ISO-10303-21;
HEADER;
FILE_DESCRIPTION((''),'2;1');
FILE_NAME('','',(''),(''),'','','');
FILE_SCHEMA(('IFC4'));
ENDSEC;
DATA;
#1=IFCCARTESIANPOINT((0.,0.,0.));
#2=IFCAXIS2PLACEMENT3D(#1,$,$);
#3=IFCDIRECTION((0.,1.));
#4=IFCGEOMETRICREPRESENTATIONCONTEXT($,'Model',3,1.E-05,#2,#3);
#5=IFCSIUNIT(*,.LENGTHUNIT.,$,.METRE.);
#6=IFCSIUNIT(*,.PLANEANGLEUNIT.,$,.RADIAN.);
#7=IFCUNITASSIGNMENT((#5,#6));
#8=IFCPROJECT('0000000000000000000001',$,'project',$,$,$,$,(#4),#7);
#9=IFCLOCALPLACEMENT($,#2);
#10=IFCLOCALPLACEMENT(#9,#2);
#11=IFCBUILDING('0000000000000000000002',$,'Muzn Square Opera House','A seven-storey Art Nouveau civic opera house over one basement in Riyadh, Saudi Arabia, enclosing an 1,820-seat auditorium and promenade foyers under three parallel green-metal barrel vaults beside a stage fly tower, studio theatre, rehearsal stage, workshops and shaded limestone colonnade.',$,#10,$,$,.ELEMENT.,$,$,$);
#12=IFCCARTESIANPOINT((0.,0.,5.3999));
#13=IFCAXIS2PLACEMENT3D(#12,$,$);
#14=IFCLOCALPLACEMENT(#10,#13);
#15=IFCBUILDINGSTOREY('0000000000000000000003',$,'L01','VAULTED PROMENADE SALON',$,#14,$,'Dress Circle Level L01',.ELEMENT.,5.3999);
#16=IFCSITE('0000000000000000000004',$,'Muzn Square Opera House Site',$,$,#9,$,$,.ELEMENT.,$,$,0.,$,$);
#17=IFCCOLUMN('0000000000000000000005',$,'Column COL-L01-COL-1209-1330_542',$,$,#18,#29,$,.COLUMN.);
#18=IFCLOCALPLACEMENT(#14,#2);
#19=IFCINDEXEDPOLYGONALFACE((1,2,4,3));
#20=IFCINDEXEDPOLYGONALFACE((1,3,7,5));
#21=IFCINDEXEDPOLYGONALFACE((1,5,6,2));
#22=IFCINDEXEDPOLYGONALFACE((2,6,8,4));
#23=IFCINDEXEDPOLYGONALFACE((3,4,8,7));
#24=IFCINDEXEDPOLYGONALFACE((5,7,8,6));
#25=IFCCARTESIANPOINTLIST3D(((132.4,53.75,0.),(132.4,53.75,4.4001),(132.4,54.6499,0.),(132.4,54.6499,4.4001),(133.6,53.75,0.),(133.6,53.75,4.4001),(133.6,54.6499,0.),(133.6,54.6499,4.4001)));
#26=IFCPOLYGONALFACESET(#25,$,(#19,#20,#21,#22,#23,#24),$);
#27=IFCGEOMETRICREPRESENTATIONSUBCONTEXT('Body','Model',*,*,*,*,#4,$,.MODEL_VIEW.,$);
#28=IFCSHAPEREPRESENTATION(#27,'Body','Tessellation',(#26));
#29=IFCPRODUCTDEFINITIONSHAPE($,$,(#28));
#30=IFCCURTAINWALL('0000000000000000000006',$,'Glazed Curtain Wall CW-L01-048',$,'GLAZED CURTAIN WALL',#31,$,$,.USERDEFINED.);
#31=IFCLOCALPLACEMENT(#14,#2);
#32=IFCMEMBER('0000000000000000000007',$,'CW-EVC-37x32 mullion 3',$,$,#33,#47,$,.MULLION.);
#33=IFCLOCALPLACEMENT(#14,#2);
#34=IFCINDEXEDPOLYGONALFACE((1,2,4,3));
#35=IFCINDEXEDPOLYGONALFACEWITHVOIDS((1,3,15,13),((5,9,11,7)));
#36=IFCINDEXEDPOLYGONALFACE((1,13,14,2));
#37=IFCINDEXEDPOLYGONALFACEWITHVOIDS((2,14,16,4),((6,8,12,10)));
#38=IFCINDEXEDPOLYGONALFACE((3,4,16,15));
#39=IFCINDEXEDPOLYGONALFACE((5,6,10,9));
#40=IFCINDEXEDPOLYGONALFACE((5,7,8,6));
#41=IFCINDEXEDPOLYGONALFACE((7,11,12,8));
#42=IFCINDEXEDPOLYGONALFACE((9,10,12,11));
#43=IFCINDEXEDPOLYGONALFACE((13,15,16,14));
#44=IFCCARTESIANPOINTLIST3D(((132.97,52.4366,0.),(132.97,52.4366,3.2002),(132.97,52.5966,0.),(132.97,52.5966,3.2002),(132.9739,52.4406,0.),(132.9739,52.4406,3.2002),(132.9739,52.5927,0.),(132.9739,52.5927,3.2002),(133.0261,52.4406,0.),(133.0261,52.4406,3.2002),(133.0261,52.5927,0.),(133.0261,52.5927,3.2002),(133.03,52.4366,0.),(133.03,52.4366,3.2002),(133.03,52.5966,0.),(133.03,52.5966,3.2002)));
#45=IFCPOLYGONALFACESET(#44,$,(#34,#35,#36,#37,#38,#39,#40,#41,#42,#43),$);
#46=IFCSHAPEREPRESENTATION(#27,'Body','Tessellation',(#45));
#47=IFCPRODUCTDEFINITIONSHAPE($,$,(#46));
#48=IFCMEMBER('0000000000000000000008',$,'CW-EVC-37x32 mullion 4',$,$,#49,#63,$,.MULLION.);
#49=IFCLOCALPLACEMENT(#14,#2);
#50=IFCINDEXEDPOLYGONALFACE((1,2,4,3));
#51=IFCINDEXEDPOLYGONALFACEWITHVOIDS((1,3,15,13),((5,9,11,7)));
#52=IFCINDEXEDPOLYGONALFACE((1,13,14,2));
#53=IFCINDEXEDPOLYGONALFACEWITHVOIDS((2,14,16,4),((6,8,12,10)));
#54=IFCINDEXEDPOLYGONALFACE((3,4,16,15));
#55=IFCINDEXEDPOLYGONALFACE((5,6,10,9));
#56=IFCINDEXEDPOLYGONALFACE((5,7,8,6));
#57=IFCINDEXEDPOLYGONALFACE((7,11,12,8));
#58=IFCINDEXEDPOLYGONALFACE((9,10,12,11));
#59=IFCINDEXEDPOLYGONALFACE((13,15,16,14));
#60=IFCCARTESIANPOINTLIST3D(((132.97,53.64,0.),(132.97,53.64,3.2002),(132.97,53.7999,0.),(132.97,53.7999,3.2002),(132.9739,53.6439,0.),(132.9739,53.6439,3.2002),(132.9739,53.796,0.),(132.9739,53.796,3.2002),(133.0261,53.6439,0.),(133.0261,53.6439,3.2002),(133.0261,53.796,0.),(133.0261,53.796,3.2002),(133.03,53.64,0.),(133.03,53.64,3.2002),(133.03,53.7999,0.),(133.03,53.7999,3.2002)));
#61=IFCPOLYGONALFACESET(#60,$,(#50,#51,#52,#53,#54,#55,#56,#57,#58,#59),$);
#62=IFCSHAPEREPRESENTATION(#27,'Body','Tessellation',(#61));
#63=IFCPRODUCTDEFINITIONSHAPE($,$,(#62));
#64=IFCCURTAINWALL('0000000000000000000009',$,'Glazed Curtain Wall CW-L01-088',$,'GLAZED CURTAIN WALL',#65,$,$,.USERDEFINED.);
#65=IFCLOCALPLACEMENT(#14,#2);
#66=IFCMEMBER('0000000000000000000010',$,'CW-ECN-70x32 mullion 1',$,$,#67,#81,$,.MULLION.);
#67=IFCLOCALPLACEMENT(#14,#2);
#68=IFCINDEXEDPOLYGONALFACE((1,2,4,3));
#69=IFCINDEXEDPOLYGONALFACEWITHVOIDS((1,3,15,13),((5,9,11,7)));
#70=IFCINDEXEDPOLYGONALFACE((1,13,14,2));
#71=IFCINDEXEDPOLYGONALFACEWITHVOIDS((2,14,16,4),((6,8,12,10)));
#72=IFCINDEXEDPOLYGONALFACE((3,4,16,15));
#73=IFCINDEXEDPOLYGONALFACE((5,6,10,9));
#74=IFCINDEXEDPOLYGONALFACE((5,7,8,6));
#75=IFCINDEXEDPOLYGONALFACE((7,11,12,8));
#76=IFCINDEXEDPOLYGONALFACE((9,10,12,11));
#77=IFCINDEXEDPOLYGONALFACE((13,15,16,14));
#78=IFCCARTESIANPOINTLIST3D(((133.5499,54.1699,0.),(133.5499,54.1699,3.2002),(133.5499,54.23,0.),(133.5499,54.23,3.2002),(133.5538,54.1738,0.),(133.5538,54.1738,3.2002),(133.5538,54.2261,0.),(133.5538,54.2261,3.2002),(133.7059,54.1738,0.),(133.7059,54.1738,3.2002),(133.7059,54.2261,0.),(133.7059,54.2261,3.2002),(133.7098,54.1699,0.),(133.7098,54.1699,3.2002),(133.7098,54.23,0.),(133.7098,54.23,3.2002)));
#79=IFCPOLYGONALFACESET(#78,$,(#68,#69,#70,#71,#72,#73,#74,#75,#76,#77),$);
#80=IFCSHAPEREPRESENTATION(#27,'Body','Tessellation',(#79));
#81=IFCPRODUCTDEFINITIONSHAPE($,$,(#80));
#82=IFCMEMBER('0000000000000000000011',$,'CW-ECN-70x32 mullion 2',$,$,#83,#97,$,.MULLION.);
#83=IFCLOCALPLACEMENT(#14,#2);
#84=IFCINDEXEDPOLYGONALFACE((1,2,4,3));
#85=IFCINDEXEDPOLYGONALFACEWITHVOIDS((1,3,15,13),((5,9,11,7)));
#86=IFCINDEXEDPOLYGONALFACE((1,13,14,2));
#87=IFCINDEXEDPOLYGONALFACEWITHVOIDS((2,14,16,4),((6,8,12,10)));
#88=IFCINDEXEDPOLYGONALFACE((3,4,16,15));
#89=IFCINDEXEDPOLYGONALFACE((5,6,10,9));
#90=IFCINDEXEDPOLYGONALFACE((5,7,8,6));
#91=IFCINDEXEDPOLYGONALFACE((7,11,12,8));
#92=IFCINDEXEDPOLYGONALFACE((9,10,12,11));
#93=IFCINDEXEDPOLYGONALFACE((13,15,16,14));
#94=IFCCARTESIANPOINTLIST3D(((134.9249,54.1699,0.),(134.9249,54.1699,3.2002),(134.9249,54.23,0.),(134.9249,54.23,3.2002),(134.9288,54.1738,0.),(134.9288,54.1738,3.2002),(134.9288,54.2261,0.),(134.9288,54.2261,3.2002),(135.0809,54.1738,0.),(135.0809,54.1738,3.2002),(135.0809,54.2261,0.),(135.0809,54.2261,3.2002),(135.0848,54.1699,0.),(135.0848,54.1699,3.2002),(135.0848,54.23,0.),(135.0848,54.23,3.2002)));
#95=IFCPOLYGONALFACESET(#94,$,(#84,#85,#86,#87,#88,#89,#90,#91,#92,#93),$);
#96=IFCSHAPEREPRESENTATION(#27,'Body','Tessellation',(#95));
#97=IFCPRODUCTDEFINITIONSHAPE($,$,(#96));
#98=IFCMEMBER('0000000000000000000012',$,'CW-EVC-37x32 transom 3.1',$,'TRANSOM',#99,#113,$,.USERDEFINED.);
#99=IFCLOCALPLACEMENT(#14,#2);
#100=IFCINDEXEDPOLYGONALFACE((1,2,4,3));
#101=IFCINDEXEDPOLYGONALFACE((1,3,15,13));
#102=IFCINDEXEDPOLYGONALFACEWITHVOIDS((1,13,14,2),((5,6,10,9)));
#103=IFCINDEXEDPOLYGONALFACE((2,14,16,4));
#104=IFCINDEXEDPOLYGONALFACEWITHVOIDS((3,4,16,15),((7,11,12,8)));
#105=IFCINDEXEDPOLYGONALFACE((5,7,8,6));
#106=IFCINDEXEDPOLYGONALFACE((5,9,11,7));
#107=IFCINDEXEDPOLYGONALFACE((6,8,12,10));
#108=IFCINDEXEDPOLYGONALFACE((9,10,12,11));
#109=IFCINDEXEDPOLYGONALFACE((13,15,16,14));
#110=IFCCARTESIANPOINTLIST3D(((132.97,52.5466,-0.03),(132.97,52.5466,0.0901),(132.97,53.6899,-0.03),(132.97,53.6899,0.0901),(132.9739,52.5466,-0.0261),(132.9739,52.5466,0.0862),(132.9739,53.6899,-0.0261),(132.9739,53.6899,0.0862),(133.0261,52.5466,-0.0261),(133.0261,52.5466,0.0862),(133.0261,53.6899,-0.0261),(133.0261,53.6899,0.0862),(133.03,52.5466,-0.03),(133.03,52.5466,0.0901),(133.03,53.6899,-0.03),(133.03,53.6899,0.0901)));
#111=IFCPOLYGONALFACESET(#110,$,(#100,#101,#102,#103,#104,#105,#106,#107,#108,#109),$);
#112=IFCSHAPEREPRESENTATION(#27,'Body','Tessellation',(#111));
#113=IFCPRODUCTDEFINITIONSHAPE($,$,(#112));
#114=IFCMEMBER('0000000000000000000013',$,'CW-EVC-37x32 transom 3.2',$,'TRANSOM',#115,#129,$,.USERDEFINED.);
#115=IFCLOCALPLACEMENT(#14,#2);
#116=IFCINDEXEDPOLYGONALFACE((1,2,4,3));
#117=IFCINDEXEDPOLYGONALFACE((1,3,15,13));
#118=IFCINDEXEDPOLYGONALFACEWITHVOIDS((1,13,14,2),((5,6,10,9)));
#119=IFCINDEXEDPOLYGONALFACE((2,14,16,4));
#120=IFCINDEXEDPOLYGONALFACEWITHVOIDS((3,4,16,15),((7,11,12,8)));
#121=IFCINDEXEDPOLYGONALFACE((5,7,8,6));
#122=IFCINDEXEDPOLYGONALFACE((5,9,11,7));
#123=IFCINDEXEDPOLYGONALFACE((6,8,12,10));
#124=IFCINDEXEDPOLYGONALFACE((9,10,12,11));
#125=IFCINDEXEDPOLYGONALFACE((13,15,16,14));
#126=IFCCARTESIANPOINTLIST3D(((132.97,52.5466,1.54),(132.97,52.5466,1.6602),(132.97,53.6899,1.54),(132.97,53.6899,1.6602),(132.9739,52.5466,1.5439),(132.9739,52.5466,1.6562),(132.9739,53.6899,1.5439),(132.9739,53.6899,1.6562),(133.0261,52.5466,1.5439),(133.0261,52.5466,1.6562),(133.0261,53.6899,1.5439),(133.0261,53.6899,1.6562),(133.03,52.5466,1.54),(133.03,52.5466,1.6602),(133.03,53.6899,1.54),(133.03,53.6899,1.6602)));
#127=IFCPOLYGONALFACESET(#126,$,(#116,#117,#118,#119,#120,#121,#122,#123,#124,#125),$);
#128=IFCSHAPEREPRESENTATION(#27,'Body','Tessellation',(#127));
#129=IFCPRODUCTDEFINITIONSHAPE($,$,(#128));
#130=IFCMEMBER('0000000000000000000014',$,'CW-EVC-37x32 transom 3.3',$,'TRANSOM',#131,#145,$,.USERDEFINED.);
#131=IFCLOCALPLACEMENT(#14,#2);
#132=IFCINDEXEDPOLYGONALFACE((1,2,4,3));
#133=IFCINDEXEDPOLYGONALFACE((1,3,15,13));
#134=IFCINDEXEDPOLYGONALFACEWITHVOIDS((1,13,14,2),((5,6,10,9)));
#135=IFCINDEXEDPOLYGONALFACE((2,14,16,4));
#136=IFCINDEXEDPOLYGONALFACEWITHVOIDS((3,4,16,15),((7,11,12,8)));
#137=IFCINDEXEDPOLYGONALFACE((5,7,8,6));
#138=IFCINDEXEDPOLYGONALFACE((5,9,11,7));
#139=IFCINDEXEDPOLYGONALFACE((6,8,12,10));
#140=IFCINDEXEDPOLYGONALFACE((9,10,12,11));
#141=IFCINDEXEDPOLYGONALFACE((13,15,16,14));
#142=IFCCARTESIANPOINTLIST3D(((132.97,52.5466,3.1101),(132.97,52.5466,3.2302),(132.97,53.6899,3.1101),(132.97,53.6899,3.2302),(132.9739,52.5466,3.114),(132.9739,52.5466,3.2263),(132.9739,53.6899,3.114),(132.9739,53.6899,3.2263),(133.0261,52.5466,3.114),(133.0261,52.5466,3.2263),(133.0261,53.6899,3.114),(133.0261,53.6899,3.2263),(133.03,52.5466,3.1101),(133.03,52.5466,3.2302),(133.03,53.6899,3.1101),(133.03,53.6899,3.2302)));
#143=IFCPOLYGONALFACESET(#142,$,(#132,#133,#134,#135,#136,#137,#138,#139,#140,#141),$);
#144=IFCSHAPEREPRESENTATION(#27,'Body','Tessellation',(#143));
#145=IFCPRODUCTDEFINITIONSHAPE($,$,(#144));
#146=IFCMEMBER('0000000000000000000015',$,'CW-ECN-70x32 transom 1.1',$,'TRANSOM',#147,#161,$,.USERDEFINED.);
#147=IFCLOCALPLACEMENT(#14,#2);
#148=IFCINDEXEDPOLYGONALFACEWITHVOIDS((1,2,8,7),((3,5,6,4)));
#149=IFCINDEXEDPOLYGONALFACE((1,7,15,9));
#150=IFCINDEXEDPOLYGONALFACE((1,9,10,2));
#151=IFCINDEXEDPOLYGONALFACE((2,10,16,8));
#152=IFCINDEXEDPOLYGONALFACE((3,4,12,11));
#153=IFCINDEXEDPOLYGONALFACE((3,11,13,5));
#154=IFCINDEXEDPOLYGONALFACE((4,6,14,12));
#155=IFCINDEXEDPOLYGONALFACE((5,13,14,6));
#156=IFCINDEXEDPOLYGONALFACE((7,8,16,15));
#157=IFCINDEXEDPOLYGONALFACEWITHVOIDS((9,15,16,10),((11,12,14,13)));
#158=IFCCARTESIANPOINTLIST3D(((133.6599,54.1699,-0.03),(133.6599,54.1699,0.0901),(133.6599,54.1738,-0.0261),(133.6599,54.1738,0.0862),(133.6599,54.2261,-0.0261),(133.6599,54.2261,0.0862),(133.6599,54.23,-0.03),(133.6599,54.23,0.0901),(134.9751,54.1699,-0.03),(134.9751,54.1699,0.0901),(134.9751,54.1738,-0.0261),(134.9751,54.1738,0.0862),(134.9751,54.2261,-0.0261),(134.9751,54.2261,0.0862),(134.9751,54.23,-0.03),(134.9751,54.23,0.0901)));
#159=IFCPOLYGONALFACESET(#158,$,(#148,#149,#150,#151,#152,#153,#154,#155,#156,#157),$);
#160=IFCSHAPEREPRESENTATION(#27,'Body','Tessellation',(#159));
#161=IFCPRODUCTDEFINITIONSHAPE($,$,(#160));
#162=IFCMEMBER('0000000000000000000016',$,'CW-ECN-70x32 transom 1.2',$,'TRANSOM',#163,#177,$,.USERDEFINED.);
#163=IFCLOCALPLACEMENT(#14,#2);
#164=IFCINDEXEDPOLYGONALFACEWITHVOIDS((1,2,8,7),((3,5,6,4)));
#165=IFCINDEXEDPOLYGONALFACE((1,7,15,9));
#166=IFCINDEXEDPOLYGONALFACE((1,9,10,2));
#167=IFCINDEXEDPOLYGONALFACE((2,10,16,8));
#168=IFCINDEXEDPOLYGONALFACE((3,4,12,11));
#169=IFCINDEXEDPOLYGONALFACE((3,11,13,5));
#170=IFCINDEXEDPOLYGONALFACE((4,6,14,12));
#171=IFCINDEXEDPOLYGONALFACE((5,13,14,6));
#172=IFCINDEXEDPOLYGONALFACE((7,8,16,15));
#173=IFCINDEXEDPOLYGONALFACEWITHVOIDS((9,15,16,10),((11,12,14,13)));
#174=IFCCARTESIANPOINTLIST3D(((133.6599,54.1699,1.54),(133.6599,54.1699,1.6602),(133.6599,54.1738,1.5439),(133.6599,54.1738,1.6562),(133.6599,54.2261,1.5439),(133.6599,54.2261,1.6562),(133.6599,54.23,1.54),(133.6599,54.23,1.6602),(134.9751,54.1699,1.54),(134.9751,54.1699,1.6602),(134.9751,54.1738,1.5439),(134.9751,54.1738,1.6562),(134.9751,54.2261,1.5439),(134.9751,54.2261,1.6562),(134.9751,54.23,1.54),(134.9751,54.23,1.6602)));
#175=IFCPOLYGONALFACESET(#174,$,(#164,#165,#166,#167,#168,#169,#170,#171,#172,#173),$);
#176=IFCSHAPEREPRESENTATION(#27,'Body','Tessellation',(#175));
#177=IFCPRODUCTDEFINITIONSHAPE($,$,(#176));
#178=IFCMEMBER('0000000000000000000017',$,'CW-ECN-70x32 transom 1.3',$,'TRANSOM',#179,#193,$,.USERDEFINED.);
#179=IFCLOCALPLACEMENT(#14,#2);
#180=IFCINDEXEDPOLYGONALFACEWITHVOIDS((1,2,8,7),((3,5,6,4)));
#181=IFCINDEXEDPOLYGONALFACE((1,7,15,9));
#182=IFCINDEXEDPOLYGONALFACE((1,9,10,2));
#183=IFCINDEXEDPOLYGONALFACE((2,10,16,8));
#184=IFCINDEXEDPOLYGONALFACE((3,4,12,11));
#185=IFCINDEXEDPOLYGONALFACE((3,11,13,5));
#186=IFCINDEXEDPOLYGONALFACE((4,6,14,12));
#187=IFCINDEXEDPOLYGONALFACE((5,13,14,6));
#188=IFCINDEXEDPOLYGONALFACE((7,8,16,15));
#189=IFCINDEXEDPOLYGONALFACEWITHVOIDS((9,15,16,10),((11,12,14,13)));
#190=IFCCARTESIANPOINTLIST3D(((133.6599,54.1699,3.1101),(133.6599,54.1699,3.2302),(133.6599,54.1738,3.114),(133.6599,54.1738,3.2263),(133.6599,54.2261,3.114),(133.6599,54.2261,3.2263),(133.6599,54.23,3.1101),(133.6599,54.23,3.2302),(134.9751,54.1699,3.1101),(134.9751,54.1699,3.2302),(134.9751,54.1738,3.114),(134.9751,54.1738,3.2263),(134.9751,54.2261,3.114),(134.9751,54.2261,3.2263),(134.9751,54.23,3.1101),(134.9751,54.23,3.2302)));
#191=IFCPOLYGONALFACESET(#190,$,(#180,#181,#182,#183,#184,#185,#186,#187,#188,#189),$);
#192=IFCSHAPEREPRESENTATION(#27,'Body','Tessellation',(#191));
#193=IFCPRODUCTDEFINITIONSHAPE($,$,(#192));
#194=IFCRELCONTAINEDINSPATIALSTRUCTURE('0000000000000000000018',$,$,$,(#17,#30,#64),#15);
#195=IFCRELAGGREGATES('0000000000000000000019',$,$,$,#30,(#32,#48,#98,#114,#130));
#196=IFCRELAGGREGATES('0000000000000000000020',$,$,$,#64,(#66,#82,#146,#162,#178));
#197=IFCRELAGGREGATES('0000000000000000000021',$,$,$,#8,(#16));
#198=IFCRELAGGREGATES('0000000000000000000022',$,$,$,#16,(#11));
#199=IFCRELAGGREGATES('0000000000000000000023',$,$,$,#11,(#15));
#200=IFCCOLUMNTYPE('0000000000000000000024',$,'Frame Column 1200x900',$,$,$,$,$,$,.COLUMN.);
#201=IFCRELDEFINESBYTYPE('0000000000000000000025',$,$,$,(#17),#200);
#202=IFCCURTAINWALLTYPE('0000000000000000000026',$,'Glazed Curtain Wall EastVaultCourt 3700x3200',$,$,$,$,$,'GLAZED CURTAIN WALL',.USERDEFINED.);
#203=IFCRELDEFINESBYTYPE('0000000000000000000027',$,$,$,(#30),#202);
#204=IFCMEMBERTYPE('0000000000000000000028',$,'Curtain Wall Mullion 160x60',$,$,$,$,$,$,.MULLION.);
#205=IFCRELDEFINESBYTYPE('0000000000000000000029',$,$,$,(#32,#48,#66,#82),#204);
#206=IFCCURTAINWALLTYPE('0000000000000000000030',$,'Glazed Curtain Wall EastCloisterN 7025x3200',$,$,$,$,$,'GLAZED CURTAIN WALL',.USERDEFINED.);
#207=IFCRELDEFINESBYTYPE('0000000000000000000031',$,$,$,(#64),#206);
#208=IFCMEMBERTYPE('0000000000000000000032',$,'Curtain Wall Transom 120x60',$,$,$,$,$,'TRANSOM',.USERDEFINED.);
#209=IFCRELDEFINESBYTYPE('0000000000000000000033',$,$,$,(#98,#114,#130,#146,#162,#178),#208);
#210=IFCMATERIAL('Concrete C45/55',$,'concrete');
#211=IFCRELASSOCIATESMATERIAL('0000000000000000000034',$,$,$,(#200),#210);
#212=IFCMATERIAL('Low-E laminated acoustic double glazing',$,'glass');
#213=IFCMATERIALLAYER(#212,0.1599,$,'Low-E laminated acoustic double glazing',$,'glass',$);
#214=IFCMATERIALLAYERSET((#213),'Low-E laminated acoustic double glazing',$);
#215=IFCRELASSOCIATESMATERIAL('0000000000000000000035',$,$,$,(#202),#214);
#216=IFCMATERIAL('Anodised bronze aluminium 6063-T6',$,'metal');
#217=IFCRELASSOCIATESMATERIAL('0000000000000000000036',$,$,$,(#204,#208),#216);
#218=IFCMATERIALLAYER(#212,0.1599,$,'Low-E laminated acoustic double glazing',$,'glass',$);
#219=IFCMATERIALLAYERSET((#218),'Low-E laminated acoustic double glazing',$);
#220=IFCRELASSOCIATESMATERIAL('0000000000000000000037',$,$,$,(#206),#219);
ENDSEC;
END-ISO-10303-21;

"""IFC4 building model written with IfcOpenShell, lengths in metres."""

from ifc_helpers import new_model, si_unit, direction, frame, origin, origin_2d, place, context, subcontext, project, spatial, rectangle, hollow_rectangle, extrude, material, layer, layer_set, material_profile, profile_set, type_object, element, aggregate, save


model = new_model("IFC4")

# Units and contexts
model_context = context("Model", 3, precision=1e-05, world=origin(), true_north=direction((0.0, 1.0)))
body_context = subcontext(model_context, "Body", "Model", "MODEL_VIEW")
ifc_project = project(units=[si_unit("LENGTHUNIT", "METRE"), si_unit("PLANEANGLEUNIT", "RADIAN")], contexts=[model_context])

# Site, building, storey
site_placement = place(None, origin())
site = spatial("IfcSite", under=ifc_project, at=site_placement, Name="Muzn Square Opera House Site", CompositionType="ELEMENT", RefElevation=0.0)
building_placement = place(site_placement, origin())
building = spatial("IfcBuilding", under=site, at=building_placement, Name="Muzn Square Opera House", Description="A seven-storey Art Nouveau civic opera house over one basement in Riyadh, Saudi Arabia, enclosing an 1,820-seat auditorium and promenade foyers under three parallel green-metal barrel vaults beside a stage fly tower, studio theatre, rehearsal stage, workshops and shaded limestone colonnade.", CompositionType="ELEMENT")
storey_placement = place(building_placement, frame((0.0, 0.0, 5.3999)))
storey = spatial("IfcBuildingStorey", under=building, at=storey_placement, Name="L01", Description="VAULTED PROMENADE SALON", LongName="Dress Circle Level L01", CompositionType="ELEMENT", Elevation=5.3999)

# Column
ifc_material_1 = material(Name="Concrete C45/55", Category="concrete")
ifc_material_profile_1 = material_profile(ifc_material_1, rectangle(XDim=1.2, YDim=0.8999, at=origin_2d()), Name="RC 1200x900", Category="concrete")
ifc_profile_set_1 = profile_set([ifc_material_profile_1], Name="Concrete C45/55")
column_type = type_object("IfcColumnType", Name="Frame Column 1200x900", PredefinedType="COLUMN", material=ifc_profile_set_1)
column_placement = place(storey_placement, frame((133.0, 54.2, 0.0), z_axis=(0.0, 0.0, 1.0), x_axis=(1.0, 0.0, 0.0)))
element("IfcColumn", 1, at=column_placement, inside=storey, type_object=column_type, Name="Column COL-L01-COL-1209-1330_542", PredefinedType="COLUMN", context=body_context, shape_type="SweptSolid", body=[
    extrude(rectangle(XDim=1.2, YDim=0.8999, at=origin_2d()), origin(), (0.0, 0.0, 1.0), 4.4001),
])

# Curtain walls, members
ifc_material_2 = material(Name="Low-E laminated acoustic double glazing", Category="glass")
ifc_layer_1 = layer(ifc_material_2, 0.1599, Name="Low-E laminated acoustic double glazing", Category="glass")
ifc_layer_set_1 = layer_set([ifc_layer_1], Name="Low-E laminated acoustic double glazing")
curtain_wall_type_1 = type_object("IfcCurtainWallType", Name="Glazed Curtain Wall EastVaultCourt 3700x3200", ElementType="GLAZED CURTAIN WALL", PredefinedType="USERDEFINED", material=ifc_layer_set_1)
curtain_wall_1_placement = place(storey_placement, origin())
curtain_wall_1 = element("IfcCurtainWall", 2, at=curtain_wall_1_placement, inside=storey, type_object=curtain_wall_type_1, Name="Glazed Curtain Wall CW-L01-048", ObjectType="GLAZED CURTAIN WALL", PredefinedType="USERDEFINED")
ifc_material_3 = material(Name="Anodised bronze aluminium 6063-T6", Category="metal")
ifc_material_profile_2 = material_profile(ifc_material_3, hollow_rectangle(XDim=0.0601, YDim=0.1599, WallThickness=0.0039, at=origin_2d()), Name="ALU 160x60x4", Category="metal")
ifc_profile_set_2 = profile_set([ifc_material_profile_2], Name="Anodised bronze aluminium 6063-T6")
member_type_1 = type_object("IfcMemberType", Name="Curtain Wall Mullion 160x60", PredefinedType="MULLION", material=ifc_profile_set_2)
member_1_placement = place(storey_placement, frame((133.0, 52.5166, 0.0), z_axis=(0.0, 0.0, 1.0), x_axis=(-1.0, 0.0, 0.0)))
member_1 = element("IfcMember", 3, at=member_1_placement, type_object=member_type_1, Name="CW-EVC-37x32 mullion 3", PredefinedType="MULLION", context=body_context, shape_type="SweptSolid", body=[
    extrude(hollow_rectangle(XDim=0.0601, YDim=0.1599, WallThickness=0.0039, at=origin_2d()), origin(), (0.0, 0.0, 1.0), 3.2002),
])
member_2_placement = place(storey_placement, frame((133.0, 53.72, 0.0), z_axis=(0.0, 0.0, 1.0), x_axis=(-1.0, 0.0, 0.0)))
member_2 = element("IfcMember", 4, at=member_2_placement, type_object=member_type_1, Name="CW-EVC-37x32 mullion 4", PredefinedType="MULLION", context=body_context, shape_type="SweptSolid", body=[
    extrude(hollow_rectangle(XDim=0.0601, YDim=0.1599, WallThickness=0.0039, at=origin_2d()), origin(), (0.0, 0.0, 1.0), 3.2002),
])
ifc_layer_2 = layer(ifc_material_2, 0.1599, Name="Low-E laminated acoustic double glazing", Category="glass")
ifc_layer_set_2 = layer_set([ifc_layer_2], Name="Low-E laminated acoustic double glazing")
curtain_wall_type_2 = type_object("IfcCurtainWallType", Name="Glazed Curtain Wall EastCloisterN 7025x3200", ElementType="GLAZED CURTAIN WALL", PredefinedType="USERDEFINED", material=ifc_layer_set_2)
curtain_wall_2_placement = place(storey_placement, origin())
curtain_wall_2 = element("IfcCurtainWall", 5, at=curtain_wall_2_placement, inside=storey, type_object=curtain_wall_type_2, Name="Glazed Curtain Wall CW-L01-088", ObjectType="GLAZED CURTAIN WALL", PredefinedType="USERDEFINED")
member_3_placement = place(storey_placement, frame((133.6299, 54.2, 0.0), z_axis=(0.0, 0.0, 1.0), x_axis=(0.0, 1.0, 0.0)))
member_3 = element("IfcMember", 6, at=member_3_placement, type_object=member_type_1, Name="CW-ECN-70x32 mullion 1", PredefinedType="MULLION", context=body_context, shape_type="SweptSolid", body=[
    extrude(hollow_rectangle(XDim=0.0601, YDim=0.1599, WallThickness=0.0039, at=origin_2d()), origin(), (0.0, 0.0, 1.0), 3.2002),
])
member_4_placement = place(storey_placement, frame((135.0049, 54.2, 0.0), z_axis=(0.0, 0.0, 1.0), x_axis=(0.0, 1.0, 0.0)))
member_4 = element("IfcMember", 7, at=member_4_placement, type_object=member_type_1, Name="CW-ECN-70x32 mullion 2", PredefinedType="MULLION", context=body_context, shape_type="SweptSolid", body=[
    extrude(hollow_rectangle(XDim=0.0601, YDim=0.1599, WallThickness=0.0039, at=origin_2d()), origin(), (0.0, 0.0, 1.0), 3.2002),
])

# Members
ifc_material_profile_3 = material_profile(ifc_material_3, hollow_rectangle(XDim=0.0601, YDim=0.1201, WallThickness=0.0039, at=origin_2d()), Name="ALU 120x60x4", Category="metal")
ifc_profile_set_3 = profile_set([ifc_material_profile_3], Name="Anodised bronze aluminium 6063-T6")
member_type_2 = type_object("IfcMemberType", Name="Curtain Wall Transom 120x60", ElementType="TRANSOM", PredefinedType="USERDEFINED", material=ifc_profile_set_3)
member_5_placement = place(storey_placement, frame((133.0, 52.5466, 0.03), z_axis=(0.0, 1.0, 0.0), x_axis=(-1.0, 0.0, 0.0)))
member_5 = element("IfcMember", 8, at=member_5_placement, type_object=member_type_2, Name="CW-EVC-37x32 transom 3.1", ObjectType="TRANSOM", PredefinedType="USERDEFINED", context=body_context, shape_type="SweptSolid", body=[
    extrude(hollow_rectangle(XDim=0.0601, YDim=0.1201, WallThickness=0.0039, at=origin_2d()), origin(), (0.0, 0.0, 1.0), 1.1433),
])
member_6_placement = place(storey_placement, frame((133.0, 52.5466, 1.6001), z_axis=(0.0, 1.0, 0.0), x_axis=(-1.0, 0.0, 0.0)))
member_6 = element("IfcMember", 9, at=member_6_placement, type_object=member_type_2, Name="CW-EVC-37x32 transom 3.2", ObjectType="TRANSOM", PredefinedType="USERDEFINED", context=body_context, shape_type="SweptSolid", body=[
    extrude(hollow_rectangle(XDim=0.0601, YDim=0.1201, WallThickness=0.0039, at=origin_2d()), origin(), (0.0, 0.0, 1.0), 1.1433),
])
member_7_placement = place(storey_placement, frame((133.0, 52.5466, 3.1702), z_axis=(0.0, 1.0, 0.0), x_axis=(-1.0, 0.0, 0.0)))
member_7 = element("IfcMember", 10, at=member_7_placement, type_object=member_type_2, Name="CW-EVC-37x32 transom 3.3", ObjectType="TRANSOM", PredefinedType="USERDEFINED", context=body_context, shape_type="SweptSolid", body=[
    extrude(hollow_rectangle(XDim=0.0601, YDim=0.1201, WallThickness=0.0039, at=origin_2d()), origin(), (0.0, 0.0, 1.0), 1.1433),
])
member_8_placement = place(storey_placement, frame((133.6599, 54.2, 0.03), z_axis=(1.0, 0.0, 0.0), x_axis=(0.0, 1.0, 0.0)))
member_8 = element("IfcMember", 11, at=member_8_placement, type_object=member_type_2, Name="CW-ECN-70x32 transom 1.1", ObjectType="TRANSOM", PredefinedType="USERDEFINED", context=body_context, shape_type="SweptSolid", body=[
    extrude(hollow_rectangle(XDim=0.0601, YDim=0.1201, WallThickness=0.0039, at=origin_2d()), origin(), (0.0, 0.0, 1.0), 1.3152),
])
member_9_placement = place(storey_placement, frame((133.6599, 54.2, 1.6001), z_axis=(1.0, 0.0, 0.0), x_axis=(0.0, 1.0, 0.0)))
member_9 = element("IfcMember", 12, at=member_9_placement, type_object=member_type_2, Name="CW-ECN-70x32 transom 1.2", ObjectType="TRANSOM", PredefinedType="USERDEFINED", context=body_context, shape_type="SweptSolid", body=[
    extrude(hollow_rectangle(XDim=0.0601, YDim=0.1201, WallThickness=0.0039, at=origin_2d()), origin(), (0.0, 0.0, 1.0), 1.3152),
])
member_10_placement = place(storey_placement, frame((133.6599, 54.2, 3.1702), z_axis=(1.0, 0.0, 0.0), x_axis=(0.0, 1.0, 0.0)))
member_10 = element("IfcMember", 13, at=member_10_placement, type_object=member_type_2, Name="CW-ECN-70x32 transom 1.3", ObjectType="TRANSOM", PredefinedType="USERDEFINED", context=body_context, shape_type="SweptSolid", body=[
    extrude(hollow_rectangle(XDim=0.0601, YDim=0.1201, WallThickness=0.0039, at=origin_2d()), origin(), (0.0, 0.0, 1.0), 1.3152),
])

aggregate(curtain_wall_1, [member_1, member_2, member_5, member_6, member_7])
aggregate(curtain_wall_2, [member_3, member_4, member_8, member_9, member_10])

save(model, "model.ifc")
